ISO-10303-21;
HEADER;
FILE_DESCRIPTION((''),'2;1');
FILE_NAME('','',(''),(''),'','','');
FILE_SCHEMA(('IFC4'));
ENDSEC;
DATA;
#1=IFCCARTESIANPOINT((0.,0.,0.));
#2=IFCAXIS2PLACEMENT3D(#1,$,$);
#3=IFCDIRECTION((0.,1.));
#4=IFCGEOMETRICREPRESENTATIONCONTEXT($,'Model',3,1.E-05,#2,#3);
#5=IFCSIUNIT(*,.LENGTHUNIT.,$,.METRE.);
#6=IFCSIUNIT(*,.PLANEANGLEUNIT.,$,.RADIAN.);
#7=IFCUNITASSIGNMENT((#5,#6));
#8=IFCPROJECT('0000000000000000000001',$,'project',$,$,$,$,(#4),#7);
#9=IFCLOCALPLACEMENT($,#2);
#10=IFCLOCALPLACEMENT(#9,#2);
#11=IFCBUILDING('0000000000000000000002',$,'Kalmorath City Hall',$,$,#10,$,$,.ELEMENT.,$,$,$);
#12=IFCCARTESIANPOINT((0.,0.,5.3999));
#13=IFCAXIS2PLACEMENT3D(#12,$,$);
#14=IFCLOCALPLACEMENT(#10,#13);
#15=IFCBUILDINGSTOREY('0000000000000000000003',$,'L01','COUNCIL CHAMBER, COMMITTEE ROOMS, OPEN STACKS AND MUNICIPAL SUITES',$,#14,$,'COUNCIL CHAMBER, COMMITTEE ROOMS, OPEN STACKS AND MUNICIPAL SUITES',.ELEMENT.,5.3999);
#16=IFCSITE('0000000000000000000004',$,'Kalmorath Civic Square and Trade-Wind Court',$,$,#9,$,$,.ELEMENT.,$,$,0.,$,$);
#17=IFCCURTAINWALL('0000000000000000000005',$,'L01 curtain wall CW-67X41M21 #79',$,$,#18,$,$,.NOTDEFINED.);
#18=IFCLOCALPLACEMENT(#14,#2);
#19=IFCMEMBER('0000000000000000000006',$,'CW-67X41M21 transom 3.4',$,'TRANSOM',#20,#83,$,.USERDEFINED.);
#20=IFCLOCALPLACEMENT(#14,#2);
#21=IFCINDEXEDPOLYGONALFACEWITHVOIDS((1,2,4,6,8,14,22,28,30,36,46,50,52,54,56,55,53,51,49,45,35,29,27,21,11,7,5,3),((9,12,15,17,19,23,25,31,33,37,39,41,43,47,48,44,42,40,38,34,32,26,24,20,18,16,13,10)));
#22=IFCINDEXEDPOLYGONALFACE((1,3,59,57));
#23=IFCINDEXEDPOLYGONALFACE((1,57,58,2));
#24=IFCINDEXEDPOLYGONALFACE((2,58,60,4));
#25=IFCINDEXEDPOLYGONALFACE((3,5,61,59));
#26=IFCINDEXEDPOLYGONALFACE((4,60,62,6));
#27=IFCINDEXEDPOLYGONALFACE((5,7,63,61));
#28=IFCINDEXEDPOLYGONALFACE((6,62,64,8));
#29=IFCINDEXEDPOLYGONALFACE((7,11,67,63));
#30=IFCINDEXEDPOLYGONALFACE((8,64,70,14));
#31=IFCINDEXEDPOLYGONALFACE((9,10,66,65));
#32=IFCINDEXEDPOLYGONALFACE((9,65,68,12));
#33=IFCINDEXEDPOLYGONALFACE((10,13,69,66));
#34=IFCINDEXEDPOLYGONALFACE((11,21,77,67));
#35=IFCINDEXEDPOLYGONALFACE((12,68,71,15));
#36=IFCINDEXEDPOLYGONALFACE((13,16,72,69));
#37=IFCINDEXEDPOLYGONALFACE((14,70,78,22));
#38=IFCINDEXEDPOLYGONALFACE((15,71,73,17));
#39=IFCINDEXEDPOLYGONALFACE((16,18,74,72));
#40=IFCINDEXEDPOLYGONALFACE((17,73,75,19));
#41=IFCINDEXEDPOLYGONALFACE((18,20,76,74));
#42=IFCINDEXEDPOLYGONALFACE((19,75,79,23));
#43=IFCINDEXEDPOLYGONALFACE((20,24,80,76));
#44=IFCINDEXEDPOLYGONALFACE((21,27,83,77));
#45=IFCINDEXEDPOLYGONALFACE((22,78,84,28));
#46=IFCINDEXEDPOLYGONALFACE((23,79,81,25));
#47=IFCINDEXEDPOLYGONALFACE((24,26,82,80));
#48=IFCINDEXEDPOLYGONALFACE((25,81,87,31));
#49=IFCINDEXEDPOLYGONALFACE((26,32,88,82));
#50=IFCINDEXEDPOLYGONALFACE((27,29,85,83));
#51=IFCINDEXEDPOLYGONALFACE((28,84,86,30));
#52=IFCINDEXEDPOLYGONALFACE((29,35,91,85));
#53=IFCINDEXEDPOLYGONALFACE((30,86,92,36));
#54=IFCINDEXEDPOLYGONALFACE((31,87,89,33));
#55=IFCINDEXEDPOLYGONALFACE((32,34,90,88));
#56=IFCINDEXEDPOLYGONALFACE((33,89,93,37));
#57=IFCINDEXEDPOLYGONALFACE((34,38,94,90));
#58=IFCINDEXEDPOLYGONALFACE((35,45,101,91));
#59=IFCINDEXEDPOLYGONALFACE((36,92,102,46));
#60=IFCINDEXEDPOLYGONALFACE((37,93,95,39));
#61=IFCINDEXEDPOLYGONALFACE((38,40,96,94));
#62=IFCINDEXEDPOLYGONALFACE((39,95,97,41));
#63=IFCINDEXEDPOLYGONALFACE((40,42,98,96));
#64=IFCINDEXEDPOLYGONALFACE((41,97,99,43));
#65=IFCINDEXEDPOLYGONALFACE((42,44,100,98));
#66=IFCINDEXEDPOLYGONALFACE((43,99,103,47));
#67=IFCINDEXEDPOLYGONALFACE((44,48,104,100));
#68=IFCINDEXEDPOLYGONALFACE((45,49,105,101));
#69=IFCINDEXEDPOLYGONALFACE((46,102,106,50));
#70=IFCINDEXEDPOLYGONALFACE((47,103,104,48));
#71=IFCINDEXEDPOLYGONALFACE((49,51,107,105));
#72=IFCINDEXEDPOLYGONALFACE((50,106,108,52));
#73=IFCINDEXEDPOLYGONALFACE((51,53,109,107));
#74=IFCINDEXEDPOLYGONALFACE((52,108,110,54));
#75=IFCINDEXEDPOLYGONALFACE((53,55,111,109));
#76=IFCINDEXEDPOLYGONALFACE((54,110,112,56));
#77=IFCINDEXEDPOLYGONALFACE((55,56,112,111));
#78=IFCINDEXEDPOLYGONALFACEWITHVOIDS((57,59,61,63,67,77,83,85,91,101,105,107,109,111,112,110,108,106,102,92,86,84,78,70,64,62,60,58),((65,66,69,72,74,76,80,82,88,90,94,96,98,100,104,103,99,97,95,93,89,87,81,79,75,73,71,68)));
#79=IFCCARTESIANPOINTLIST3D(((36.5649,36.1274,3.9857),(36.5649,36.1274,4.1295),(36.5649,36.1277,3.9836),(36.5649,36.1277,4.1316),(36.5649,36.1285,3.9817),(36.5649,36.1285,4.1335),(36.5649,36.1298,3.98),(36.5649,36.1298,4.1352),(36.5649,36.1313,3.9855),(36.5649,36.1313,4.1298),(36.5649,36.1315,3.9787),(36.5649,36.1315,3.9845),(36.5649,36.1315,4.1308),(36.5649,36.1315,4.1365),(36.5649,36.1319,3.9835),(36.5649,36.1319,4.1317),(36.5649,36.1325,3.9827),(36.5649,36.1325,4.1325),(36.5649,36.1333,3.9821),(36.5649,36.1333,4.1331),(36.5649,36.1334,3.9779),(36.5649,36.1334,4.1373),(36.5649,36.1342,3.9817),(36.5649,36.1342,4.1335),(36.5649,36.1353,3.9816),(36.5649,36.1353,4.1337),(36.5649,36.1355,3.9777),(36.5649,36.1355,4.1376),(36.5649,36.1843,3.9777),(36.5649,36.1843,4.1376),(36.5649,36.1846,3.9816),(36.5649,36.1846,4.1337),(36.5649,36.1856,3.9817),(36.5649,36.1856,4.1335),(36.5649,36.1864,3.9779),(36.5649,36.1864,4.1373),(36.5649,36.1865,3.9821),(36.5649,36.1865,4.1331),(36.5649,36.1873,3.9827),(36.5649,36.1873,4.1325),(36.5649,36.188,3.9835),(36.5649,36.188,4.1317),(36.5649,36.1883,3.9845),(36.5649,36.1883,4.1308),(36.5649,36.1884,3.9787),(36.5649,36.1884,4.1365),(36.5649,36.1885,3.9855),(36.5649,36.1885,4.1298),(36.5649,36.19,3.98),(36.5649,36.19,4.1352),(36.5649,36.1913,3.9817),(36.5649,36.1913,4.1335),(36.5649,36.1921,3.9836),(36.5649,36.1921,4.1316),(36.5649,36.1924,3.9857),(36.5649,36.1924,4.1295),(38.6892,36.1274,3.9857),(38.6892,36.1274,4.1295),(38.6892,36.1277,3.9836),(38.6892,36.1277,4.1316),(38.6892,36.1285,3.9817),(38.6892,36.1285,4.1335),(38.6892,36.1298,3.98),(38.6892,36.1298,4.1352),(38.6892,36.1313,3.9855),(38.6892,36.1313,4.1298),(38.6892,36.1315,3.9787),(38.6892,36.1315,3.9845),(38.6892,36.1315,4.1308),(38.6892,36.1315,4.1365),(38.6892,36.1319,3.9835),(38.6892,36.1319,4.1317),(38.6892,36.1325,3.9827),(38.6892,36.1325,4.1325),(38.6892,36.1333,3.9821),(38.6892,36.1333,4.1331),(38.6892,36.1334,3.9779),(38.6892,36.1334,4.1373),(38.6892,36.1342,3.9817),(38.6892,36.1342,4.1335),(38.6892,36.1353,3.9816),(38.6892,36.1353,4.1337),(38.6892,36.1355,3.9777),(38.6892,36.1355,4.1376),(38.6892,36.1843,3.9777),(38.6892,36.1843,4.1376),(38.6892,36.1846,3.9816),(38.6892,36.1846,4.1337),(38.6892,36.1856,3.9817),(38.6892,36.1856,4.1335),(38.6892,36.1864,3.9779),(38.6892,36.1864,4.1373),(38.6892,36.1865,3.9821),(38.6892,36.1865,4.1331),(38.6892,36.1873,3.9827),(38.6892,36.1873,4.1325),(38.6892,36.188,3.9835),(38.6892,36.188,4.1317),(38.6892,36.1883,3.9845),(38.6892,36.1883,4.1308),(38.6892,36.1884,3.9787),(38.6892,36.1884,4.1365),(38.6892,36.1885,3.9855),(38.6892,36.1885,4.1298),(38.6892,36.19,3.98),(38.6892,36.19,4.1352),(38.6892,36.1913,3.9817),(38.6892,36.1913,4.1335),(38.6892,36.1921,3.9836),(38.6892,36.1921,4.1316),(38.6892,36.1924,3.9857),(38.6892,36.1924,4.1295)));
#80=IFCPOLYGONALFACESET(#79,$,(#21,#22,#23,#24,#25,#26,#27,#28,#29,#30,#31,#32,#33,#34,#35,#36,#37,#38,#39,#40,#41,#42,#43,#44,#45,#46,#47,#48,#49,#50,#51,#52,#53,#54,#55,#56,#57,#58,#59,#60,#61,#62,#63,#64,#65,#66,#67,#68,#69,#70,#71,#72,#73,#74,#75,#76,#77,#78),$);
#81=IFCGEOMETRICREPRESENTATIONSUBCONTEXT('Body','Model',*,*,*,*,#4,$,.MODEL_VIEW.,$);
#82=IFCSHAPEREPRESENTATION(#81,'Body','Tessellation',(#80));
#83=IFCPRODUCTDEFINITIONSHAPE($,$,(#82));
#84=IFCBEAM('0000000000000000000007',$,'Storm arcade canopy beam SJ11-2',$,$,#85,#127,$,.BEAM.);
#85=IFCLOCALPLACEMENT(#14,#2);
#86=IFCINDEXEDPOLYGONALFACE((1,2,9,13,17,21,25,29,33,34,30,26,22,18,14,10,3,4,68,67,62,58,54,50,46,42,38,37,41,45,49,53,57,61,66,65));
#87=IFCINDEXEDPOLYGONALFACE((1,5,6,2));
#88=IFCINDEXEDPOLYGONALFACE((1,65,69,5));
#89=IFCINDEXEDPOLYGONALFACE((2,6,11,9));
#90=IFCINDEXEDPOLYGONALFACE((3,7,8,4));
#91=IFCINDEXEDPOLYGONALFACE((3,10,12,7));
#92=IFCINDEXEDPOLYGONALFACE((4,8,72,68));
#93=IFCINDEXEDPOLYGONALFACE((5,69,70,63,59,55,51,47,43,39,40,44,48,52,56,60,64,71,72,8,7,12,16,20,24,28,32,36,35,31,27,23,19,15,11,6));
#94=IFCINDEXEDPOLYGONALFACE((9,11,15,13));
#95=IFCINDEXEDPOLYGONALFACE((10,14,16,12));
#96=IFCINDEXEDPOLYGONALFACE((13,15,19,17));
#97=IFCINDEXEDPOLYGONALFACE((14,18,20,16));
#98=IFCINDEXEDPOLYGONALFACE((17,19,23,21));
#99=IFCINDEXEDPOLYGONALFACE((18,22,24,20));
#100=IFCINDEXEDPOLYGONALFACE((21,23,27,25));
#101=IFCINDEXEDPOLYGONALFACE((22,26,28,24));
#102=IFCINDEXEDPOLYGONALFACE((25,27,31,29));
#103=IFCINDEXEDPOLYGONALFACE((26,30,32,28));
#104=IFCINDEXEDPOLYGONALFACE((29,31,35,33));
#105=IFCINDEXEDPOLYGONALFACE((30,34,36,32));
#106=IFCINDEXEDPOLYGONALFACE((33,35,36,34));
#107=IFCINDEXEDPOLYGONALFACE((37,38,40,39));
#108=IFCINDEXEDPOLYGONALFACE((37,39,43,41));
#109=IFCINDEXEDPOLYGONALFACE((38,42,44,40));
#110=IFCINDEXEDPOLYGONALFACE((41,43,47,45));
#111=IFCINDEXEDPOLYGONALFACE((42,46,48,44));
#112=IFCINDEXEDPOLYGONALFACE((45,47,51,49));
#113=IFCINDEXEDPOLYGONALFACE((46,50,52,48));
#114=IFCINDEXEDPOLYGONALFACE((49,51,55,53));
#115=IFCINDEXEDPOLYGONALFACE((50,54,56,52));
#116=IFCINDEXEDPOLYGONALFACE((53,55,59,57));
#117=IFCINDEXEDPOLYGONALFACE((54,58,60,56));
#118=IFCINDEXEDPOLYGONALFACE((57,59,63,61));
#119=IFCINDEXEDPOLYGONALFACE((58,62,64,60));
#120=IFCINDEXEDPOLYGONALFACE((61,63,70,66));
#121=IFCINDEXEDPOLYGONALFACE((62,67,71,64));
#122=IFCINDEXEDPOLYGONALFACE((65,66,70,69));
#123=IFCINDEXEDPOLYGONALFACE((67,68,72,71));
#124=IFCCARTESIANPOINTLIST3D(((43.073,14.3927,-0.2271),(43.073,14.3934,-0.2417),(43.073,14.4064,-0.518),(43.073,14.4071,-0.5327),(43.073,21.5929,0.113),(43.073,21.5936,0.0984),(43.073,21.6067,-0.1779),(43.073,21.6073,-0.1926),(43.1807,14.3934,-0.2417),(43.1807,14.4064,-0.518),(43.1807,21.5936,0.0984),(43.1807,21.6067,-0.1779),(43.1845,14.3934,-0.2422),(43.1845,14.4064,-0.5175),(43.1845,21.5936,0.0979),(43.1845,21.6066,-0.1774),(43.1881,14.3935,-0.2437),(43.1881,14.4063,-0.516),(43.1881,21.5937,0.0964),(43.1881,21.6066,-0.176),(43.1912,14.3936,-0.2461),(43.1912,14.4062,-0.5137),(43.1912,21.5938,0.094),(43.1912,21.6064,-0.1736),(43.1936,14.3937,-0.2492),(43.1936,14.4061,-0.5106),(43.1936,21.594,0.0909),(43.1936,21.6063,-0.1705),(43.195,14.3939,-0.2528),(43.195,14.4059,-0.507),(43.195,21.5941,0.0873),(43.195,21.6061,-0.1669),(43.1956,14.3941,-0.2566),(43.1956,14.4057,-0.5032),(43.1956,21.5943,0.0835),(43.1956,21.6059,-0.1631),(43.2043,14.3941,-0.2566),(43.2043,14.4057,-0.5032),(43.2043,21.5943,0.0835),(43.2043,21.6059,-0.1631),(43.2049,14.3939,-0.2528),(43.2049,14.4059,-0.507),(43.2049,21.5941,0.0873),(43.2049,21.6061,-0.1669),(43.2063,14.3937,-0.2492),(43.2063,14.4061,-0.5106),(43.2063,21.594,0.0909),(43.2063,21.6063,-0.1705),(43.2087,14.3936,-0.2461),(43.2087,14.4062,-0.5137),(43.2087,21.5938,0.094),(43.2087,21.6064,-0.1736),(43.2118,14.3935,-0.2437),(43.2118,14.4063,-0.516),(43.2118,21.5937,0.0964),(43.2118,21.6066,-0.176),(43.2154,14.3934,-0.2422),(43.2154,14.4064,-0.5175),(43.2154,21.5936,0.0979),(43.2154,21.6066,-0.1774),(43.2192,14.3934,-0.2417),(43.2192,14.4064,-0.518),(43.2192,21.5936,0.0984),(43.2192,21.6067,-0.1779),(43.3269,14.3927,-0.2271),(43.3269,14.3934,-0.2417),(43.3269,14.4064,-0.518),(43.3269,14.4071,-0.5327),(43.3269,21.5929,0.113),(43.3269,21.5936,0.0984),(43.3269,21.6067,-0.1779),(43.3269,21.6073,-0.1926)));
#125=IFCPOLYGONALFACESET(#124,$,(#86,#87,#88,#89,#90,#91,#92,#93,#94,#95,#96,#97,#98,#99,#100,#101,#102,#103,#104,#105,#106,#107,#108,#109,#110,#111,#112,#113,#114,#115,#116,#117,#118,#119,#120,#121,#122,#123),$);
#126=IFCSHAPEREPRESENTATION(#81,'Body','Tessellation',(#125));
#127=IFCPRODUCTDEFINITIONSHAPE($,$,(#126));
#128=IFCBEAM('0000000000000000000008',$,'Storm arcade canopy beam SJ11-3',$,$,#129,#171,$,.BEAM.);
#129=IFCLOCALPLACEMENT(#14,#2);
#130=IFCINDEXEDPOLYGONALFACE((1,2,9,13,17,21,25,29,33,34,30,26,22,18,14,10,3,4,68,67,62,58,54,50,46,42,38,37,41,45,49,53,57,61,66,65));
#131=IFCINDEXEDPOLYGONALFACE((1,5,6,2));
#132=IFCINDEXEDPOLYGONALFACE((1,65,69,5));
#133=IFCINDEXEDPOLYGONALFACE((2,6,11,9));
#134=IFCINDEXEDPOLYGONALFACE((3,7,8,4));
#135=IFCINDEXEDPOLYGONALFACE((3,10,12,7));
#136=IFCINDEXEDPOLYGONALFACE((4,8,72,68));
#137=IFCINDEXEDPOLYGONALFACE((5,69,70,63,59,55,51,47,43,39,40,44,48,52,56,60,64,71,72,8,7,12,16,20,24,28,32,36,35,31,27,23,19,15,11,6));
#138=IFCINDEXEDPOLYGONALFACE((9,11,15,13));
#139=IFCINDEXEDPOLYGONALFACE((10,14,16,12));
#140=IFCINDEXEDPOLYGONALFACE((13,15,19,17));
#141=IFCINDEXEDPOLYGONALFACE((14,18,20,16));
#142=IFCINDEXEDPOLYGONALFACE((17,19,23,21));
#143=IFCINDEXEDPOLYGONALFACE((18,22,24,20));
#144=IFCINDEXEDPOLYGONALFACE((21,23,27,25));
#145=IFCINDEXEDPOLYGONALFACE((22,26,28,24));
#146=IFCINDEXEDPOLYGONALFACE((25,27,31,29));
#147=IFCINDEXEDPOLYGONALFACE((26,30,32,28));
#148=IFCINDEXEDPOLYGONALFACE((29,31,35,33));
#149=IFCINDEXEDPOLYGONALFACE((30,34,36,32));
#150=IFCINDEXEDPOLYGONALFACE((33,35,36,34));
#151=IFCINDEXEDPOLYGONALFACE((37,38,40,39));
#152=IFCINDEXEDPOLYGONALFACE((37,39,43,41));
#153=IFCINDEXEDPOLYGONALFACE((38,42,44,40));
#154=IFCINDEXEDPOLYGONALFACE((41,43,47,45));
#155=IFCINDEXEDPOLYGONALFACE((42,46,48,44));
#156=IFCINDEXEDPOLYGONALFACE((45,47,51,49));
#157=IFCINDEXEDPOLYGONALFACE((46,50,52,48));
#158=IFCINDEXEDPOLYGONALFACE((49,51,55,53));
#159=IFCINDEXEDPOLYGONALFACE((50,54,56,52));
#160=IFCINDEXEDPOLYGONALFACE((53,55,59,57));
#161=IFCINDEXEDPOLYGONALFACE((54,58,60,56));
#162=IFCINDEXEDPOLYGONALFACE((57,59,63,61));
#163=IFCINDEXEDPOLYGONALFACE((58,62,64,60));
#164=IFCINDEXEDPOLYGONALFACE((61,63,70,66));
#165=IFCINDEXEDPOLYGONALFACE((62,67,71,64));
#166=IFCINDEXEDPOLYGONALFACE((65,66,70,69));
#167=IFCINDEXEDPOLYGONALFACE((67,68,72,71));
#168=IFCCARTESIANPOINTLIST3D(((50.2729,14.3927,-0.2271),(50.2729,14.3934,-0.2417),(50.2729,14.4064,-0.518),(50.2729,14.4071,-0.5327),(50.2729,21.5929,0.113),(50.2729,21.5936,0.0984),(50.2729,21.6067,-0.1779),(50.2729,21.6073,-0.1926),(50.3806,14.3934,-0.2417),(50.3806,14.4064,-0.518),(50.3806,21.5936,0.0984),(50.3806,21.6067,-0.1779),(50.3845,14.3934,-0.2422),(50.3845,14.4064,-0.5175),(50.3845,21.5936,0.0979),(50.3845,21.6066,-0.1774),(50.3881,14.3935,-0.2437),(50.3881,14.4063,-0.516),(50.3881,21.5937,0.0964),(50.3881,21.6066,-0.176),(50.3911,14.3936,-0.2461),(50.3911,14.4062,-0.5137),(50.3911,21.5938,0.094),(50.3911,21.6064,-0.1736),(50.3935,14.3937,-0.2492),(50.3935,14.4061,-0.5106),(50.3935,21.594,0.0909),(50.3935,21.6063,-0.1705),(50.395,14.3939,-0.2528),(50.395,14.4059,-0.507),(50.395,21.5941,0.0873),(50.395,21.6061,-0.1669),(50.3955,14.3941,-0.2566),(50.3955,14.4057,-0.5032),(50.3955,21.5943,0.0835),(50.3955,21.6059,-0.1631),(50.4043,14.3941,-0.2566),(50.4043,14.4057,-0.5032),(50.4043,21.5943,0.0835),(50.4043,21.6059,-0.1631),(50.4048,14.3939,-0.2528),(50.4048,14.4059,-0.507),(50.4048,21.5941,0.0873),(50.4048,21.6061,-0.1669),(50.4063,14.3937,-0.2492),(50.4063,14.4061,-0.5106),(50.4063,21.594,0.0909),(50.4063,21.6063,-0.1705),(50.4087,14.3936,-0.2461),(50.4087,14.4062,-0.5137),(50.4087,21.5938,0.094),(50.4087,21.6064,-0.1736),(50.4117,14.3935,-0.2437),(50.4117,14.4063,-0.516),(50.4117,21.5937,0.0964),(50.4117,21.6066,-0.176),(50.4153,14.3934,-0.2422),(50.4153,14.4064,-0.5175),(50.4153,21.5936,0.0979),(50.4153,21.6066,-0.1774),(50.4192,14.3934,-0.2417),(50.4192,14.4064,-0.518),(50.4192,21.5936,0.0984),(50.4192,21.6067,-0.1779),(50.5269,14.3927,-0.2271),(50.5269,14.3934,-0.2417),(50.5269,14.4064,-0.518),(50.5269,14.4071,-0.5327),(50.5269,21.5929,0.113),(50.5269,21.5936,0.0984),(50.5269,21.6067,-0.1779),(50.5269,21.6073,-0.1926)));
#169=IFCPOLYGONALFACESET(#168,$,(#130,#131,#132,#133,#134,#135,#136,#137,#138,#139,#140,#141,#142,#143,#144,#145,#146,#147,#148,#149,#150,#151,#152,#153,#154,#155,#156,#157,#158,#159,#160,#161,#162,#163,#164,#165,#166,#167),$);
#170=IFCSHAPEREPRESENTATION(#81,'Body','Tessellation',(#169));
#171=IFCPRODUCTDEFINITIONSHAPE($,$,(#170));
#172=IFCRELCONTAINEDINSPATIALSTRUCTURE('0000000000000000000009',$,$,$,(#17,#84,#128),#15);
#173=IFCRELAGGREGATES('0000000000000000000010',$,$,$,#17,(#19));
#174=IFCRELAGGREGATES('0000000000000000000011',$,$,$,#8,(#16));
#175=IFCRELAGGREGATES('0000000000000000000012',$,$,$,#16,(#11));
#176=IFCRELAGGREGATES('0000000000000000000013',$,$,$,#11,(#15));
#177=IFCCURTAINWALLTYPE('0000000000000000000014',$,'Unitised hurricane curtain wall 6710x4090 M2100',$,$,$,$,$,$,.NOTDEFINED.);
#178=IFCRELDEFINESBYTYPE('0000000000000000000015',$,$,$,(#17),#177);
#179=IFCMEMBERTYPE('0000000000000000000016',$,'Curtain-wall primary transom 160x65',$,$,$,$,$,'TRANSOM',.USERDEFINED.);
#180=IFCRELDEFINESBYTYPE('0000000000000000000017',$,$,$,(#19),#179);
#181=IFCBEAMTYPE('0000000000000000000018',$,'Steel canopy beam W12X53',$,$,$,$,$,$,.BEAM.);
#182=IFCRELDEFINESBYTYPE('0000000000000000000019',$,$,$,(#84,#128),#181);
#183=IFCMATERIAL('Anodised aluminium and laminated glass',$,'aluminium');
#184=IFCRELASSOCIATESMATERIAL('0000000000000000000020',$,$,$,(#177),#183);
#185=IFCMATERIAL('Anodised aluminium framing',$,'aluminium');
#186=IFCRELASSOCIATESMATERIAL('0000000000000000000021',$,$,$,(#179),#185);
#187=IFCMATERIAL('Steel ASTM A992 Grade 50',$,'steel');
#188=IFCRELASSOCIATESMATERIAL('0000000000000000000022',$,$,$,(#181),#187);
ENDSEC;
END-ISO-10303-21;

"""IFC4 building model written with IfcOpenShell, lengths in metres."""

from ifc_helpers import new_model, si_unit, direction, frame, origin, origin_2d, place, context, subcontext, project, spatial, hollow_rectangle, i_section, extrude, material, material_profile, profile_set, type_object, element, aggregate, save


model = new_model("IFC4")

# Units and contexts
model_context = context("Model", 3, precision=1e-05, world=origin(), true_north=direction((0.0, 1.0)))
body_context = subcontext(model_context, "Body", "Model", "MODEL_VIEW")
ifc_project = project(units=[si_unit("LENGTHUNIT", "METRE"), si_unit("PLANEANGLEUNIT", "RADIAN")], contexts=[model_context])

# Site, building, storey
site_placement = place(None, origin())
site = spatial("IfcSite", under=ifc_project, at=site_placement, Name="Kalmorath Civic Square and Trade-Wind Court", CompositionType="ELEMENT", RefElevation=0.0)
building_placement = place(site_placement, origin())
building = spatial("IfcBuilding", under=site, at=building_placement, Name="Kalmorath City Hall", CompositionType="ELEMENT")
storey_placement = place(building_placement, frame((0.0, 0.0, 5.3999)))
storey = spatial("IfcBuildingStorey", under=building, at=storey_placement, Name="L01", Description="COUNCIL CHAMBER, COMMITTEE ROOMS, OPEN STACKS AND MUNICIPAL SUITES", LongName="COUNCIL CHAMBER, COMMITTEE ROOMS, OPEN STACKS AND MUNICIPAL SUITES", CompositionType="ELEMENT", Elevation=5.3999)

# Curtain wall, member
ifc_material_1 = material(Name="Anodised aluminium and laminated glass", Category="aluminium")
curtain_wall_type = type_object("IfcCurtainWallType", Name="Unitised hurricane curtain wall 6710x4090 M2100", PredefinedType="NOTDEFINED", material=ifc_material_1)
curtain_wall_placement = place(storey_placement, origin())
curtain_wall = element("IfcCurtainWall", 1, at=curtain_wall_placement, inside=storey, type_object=curtain_wall_type, Name="L01 curtain wall CW-67X41M21 #79", PredefinedType="NOTDEFINED")
ifc_material_2 = material(Name="Anodised aluminium framing", Category="aluminium")
ifc_material_profile_1 = material_profile(ifc_material_2, hollow_rectangle(XDim=0.0649, YDim=0.1599, WallThickness=0.0039, InnerFilletRadius=0.0039, OuterFilletRadius=0.0081, at=origin_2d()), Name="ALU-TRN-160X65X4")
ifc_profile_set_1 = profile_set([ifc_material_profile_1], Name="Anodised aluminium framing")
member_type_1 = type_object("IfcMemberType", Name="Curtain-wall primary transom 160x65", ElementType="TRANSOM", PredefinedType="USERDEFINED", material=ifc_profile_set_1)
member_1_placement = place(storey_placement, frame((38.6892, 36.1599, 4.0576), z_axis=(-1.0, 0.0, 0.0), x_axis=(0.0, -1.0, 0.0)))
member_1 = element("IfcMember", 2, at=member_1_placement, type_object=member_type_1, Name="CW-67X41M21 transom 3.4", ObjectType="TRANSOM", PredefinedType="USERDEFINED", context=body_context, shape_type="SweptSolid", body=[
    extrude(hollow_rectangle(XDim=0.0649, YDim=0.1599, WallThickness=0.0039, InnerFilletRadius=0.0039, OuterFilletRadius=0.0081, at=origin_2d()), origin(), (0.0, 0.0, 1.0), 2.1243),
])

# Beams
ifc_material_3 = material(Name="Steel ASTM A992 Grade 50", Category="steel")
ifc_material_profile_2 = material_profile(ifc_material_3, i_section(OverallWidth=0.2539, OverallDepth=0.3059, WebThickness=0.0088, FlangeThickness=0.0146, FilletRadius=0.0149, at=origin_2d()), Name="W12X53")
ifc_profile_set_2 = profile_set([ifc_material_profile_2], Name="Steel ASTM A992 Grade 50")
beam_type = type_object("IfcBeamType", Name="Steel canopy beam W12X53", PredefinedType="BEAM", material=ifc_profile_set_2)
for number, where, z_axis, x_axis, name in (
    (3, (43.2, 14.3999, -0.3799), (0.0, 0.998886, 0.047181), (-1.0, 0.0, 0.0), "Storm arcade canopy beam SJ11-2"),
    (4, (50.3999, 14.3999, -0.3799), (0.0, 0.998886, 0.047181), (-1.0, 0.0, 0.0), "Storm arcade canopy beam SJ11-3"),
):
    element("IfcBeam", number, at=place(storey_placement, frame(where, z_axis=z_axis, x_axis=x_axis)), inside=storey, type_object=beam_type, Name=name, PredefinedType="BEAM", context=body_context, shape_type="SweptSolid", body=[
        extrude(i_section(OverallWidth=0.2539, OverallDepth=0.3059, WebThickness=0.0088, FlangeThickness=0.0146, FilletRadius=0.0149, at=origin_2d()), origin(), (0.0, 0.0, 1.0), 7.2083),
    ])

aggregate(curtain_wall, [member_1])

save(model, "model.ifc")
